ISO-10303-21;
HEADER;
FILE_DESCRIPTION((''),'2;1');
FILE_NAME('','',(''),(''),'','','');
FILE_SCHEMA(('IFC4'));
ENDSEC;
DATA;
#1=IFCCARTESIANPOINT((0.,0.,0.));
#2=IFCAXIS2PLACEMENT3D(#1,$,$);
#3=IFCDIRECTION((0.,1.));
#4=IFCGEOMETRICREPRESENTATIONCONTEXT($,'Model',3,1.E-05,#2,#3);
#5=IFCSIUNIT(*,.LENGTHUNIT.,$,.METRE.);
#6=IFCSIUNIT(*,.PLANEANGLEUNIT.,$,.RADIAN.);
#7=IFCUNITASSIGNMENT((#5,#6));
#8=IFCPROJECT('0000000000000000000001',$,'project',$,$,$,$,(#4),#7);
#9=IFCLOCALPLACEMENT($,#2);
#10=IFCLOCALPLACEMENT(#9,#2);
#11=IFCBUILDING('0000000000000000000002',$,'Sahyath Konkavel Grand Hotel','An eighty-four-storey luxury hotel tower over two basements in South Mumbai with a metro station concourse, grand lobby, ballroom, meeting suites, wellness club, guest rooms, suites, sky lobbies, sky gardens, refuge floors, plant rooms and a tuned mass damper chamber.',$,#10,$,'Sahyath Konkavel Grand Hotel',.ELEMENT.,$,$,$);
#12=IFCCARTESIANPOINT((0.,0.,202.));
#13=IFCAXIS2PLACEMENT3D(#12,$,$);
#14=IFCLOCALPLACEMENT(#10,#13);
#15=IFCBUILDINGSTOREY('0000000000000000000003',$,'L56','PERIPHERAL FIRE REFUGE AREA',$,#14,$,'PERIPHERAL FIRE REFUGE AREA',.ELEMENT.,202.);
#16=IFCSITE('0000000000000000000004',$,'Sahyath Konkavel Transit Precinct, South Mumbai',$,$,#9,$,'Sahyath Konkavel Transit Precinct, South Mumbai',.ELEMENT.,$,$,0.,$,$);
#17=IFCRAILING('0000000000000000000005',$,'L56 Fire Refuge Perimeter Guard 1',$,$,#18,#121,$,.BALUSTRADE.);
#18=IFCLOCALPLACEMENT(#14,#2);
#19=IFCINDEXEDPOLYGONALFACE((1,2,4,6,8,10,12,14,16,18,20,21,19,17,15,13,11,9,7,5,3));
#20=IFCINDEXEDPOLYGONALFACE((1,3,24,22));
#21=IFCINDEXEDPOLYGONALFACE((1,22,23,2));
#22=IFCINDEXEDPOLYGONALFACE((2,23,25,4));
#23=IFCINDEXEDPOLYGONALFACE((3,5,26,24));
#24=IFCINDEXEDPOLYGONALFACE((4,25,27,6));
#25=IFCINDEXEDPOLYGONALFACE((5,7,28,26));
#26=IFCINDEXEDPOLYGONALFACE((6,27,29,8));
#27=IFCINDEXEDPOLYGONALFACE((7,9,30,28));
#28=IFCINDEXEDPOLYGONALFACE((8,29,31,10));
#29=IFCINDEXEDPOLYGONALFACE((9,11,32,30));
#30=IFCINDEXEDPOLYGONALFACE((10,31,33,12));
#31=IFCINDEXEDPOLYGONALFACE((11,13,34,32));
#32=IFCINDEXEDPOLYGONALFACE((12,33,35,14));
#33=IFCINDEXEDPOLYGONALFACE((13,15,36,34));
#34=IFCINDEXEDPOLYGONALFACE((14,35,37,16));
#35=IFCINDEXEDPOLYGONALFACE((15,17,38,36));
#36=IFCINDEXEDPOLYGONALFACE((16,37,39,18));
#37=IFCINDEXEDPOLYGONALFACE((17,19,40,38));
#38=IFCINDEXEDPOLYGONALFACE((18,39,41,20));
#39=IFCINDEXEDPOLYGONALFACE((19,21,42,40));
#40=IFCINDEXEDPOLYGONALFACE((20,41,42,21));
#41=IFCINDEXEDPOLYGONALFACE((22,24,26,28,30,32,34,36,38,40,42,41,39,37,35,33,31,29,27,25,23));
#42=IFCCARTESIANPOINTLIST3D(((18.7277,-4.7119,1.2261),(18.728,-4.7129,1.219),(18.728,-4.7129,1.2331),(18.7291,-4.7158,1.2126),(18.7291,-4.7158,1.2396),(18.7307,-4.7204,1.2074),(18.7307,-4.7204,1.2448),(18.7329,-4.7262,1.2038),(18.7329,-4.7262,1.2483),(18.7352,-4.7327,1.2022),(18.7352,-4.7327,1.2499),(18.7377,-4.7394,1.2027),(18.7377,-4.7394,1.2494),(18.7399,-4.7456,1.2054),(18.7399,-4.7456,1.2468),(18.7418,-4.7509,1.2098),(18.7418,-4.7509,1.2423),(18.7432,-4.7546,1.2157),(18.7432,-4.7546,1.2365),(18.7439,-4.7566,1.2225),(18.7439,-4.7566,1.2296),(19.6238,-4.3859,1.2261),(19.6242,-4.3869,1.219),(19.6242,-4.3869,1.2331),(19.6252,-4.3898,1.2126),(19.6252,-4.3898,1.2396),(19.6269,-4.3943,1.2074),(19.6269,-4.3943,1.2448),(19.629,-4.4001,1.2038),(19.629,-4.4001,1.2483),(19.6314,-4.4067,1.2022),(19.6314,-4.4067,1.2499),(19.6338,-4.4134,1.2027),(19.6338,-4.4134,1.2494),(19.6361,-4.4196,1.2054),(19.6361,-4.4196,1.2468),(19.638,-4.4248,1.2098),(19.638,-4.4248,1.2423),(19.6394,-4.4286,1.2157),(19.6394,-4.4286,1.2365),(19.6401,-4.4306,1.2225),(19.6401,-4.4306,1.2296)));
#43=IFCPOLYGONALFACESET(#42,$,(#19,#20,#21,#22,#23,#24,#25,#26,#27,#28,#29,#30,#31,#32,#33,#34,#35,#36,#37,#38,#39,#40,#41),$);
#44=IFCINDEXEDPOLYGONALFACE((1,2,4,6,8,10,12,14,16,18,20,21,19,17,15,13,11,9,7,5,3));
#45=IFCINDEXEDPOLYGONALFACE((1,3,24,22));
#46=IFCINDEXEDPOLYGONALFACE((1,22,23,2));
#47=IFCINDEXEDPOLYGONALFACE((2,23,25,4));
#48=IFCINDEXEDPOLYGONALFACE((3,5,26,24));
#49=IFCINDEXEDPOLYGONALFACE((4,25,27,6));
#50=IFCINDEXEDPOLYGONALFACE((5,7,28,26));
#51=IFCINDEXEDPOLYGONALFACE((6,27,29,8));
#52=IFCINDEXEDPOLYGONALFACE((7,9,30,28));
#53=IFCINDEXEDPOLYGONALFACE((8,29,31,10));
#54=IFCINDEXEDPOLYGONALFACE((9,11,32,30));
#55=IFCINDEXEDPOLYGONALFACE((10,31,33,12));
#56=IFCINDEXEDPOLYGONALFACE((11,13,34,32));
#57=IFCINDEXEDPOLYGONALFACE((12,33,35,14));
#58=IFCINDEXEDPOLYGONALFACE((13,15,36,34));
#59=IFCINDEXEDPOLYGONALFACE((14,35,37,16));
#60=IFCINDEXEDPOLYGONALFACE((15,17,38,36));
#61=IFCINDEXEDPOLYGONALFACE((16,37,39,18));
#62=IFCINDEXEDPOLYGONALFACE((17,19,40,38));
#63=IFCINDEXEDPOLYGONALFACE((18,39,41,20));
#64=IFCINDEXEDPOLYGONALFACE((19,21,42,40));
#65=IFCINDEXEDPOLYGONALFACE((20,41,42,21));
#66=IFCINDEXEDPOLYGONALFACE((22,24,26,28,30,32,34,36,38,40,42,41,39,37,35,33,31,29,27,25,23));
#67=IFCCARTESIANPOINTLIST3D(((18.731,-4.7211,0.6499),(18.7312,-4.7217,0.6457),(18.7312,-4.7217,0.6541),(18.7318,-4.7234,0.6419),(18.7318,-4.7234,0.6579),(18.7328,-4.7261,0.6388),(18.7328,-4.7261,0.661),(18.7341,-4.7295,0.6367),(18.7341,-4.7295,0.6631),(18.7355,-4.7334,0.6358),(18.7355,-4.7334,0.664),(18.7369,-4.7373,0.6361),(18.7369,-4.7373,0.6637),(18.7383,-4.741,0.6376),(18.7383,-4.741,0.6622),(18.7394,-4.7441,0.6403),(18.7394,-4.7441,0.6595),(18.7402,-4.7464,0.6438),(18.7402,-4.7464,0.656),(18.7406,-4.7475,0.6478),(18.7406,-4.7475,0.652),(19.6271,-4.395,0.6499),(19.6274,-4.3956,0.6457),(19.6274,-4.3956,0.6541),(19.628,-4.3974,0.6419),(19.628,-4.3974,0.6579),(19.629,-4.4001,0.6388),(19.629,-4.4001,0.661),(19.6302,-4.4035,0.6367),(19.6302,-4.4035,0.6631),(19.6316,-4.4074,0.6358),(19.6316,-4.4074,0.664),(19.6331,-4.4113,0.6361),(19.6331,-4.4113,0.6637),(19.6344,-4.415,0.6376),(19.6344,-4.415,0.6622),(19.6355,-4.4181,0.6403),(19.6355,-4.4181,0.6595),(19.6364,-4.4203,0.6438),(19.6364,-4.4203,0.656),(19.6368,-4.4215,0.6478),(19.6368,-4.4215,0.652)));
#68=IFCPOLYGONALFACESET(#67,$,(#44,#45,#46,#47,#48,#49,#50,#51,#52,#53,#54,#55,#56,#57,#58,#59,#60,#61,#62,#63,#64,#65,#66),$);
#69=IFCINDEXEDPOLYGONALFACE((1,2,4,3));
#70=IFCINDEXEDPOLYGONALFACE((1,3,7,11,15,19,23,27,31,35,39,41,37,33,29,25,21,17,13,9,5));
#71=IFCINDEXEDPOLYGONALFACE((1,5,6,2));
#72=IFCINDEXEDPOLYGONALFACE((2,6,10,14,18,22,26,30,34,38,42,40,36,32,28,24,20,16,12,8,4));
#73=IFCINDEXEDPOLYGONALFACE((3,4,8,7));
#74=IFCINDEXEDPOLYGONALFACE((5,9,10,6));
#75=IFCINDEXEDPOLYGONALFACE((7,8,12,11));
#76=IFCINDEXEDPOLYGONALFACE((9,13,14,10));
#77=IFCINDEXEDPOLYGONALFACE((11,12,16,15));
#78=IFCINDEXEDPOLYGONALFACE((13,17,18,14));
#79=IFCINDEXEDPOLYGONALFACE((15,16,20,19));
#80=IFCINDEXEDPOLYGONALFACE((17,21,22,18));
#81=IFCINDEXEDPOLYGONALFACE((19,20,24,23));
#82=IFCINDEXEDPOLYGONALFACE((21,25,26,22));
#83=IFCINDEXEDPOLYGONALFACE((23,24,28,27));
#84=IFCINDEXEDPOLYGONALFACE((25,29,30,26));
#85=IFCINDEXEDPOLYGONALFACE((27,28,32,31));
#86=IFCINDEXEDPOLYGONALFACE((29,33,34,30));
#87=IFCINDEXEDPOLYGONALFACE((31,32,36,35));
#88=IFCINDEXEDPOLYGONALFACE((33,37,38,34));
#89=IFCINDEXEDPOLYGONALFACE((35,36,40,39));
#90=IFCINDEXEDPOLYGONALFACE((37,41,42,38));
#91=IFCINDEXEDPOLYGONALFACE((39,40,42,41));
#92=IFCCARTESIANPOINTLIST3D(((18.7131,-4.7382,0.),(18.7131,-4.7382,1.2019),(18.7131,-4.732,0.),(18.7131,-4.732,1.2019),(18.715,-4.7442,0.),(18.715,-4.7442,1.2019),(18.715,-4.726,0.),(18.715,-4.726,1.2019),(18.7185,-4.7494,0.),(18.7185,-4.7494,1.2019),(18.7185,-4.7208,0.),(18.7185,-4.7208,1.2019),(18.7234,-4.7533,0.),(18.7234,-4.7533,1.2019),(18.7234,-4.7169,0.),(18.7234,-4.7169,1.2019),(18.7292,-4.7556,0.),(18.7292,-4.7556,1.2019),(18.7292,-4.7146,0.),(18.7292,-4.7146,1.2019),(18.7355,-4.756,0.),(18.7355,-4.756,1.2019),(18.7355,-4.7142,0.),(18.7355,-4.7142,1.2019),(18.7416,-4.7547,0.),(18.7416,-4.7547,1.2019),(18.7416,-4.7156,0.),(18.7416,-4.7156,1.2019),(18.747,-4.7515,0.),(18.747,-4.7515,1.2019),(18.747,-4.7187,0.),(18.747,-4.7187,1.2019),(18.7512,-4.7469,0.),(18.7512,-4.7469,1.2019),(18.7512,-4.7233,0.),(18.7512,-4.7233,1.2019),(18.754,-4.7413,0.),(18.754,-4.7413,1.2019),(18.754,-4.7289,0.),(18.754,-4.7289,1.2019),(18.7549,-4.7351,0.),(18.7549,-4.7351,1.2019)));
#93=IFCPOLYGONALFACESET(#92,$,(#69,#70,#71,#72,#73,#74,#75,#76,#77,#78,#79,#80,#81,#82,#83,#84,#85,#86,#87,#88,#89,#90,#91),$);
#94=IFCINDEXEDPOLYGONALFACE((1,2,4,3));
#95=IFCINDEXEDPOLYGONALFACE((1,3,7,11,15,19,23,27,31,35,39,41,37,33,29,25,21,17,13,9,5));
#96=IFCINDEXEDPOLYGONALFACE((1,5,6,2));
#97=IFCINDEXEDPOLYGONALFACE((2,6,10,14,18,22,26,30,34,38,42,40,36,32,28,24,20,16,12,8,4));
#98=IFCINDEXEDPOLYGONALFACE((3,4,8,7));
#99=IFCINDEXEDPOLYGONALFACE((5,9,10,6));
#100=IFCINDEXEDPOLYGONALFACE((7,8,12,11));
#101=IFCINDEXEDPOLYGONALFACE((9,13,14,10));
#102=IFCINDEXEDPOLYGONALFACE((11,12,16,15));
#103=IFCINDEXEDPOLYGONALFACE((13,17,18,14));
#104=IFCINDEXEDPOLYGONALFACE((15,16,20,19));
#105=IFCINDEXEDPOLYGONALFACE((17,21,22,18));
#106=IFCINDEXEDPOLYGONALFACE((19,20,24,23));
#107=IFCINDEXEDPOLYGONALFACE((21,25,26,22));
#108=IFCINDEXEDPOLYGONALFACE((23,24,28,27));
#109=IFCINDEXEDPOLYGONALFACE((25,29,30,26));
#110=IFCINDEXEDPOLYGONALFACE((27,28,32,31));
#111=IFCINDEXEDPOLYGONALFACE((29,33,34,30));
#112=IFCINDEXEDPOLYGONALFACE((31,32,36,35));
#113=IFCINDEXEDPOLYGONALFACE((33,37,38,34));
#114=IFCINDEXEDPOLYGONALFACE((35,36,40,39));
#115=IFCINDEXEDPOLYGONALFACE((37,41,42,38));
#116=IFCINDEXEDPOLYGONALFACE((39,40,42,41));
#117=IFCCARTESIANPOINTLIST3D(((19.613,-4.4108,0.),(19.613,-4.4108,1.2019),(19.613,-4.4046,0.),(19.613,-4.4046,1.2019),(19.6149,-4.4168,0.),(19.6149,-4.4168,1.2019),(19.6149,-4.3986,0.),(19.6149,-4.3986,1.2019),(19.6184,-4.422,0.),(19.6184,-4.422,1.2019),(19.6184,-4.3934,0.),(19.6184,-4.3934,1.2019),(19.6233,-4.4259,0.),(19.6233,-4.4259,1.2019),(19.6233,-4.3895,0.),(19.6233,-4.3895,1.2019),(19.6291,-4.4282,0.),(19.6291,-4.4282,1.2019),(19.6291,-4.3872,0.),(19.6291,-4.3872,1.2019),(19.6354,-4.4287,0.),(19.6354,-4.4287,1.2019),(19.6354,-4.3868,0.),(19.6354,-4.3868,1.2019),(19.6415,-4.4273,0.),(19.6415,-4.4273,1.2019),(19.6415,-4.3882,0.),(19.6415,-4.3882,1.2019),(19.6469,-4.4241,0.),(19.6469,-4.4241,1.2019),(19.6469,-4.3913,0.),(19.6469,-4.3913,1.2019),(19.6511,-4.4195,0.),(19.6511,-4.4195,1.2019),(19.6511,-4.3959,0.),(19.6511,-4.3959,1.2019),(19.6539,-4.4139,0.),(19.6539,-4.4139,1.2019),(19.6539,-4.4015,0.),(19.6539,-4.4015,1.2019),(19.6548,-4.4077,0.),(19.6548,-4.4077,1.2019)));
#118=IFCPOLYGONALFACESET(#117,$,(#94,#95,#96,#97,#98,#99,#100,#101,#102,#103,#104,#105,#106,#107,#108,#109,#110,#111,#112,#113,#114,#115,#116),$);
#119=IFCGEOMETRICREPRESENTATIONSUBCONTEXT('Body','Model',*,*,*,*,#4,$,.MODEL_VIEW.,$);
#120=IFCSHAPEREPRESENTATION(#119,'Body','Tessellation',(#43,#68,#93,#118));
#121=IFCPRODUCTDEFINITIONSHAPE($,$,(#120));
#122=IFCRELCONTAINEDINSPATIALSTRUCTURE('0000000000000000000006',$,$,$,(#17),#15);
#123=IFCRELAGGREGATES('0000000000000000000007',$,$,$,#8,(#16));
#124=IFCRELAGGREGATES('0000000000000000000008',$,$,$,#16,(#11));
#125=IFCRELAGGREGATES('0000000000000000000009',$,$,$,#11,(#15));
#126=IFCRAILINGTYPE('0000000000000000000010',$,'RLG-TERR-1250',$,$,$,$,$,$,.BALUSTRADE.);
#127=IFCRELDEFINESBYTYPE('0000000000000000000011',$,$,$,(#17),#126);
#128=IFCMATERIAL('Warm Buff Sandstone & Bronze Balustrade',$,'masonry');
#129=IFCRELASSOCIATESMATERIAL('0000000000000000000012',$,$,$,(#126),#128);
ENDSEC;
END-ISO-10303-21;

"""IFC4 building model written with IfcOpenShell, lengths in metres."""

from ifc_helpers import new_model, si_unit, direction, frame, origin, origin_2d, place, context, subcontext, project, spatial, circle, extrude, material, type_object, element, save


model = new_model("IFC4")

# Units and contexts
model_context = context("Model", 3, precision=1e-05, world=origin(), true_north=direction((0.0, 1.0)))
body_context = subcontext(model_context, "Body", "Model", "MODEL_VIEW")
ifc_project = project(units=[si_unit("LENGTHUNIT", "METRE"), si_unit("PLANEANGLEUNIT", "RADIAN")], contexts=[model_context])

# Site, building, storey
site_placement = place(None, origin())
site = spatial("IfcSite", under=ifc_project, at=site_placement, Name="Sahyath Konkavel Transit Precinct, South Mumbai", LongName="Sahyath Konkavel Transit Precinct, South Mumbai", CompositionType="ELEMENT", RefElevation=0.0)
building_placement = place(site_placement, origin())
building = spatial("IfcBuilding", under=site, at=building_placement, Name="Sahyath Konkavel Grand Hotel", Description="An eighty-four-storey luxury hotel tower over two basements in South Mumbai with a metro station concourse, grand lobby, ballroom, meeting suites, wellness club, guest rooms, suites, sky lobbies, sky gardens, refuge floors, plant rooms and a tuned mass damper chamber.", LongName="Sahyath Konkavel Grand Hotel", CompositionType="ELEMENT")
storey_placement = place(building_placement, frame((0.0, 0.0, 202.0)))
storey = spatial("IfcBuildingStorey", under=building, at=storey_placement, Name="L56", Description="PERIPHERAL FIRE REFUGE AREA", LongName="PERIPHERAL FIRE REFUGE AREA", CompositionType="ELEMENT", Elevation=202.0)

# Railing
ifc_material_1 = material(Name="Warm Buff Sandstone & Bronze Balustrade", Category="masonry")
railing_type = type_object("IfcRailingType", Name="RLG-TERR-1250", PredefinedType="BALUSTRADE", material=ifc_material_1)
railing_1_placement = place(storey_placement, frame((18.7339, -4.7351, 0.0)))
element("IfcRailing", 1, at=railing_1_placement, inside=storey, type_object=railing_type, Name="L56 Fire Refuge Perimeter Guard 1", PredefinedType="BALUSTRADE", context=body_context, shape_type="SweptSolid", body=[
    extrude(circle(Radius=0.0239, at=origin_2d()), frame((0.002, 0.0007, 1.2261), z_axis=(0.939741, 0.341886, 0.0), x_axis=(-0.341886, 0.939741, 0.0)), (0.0, 0.0, 1.0), 0.9536),
    extrude(circle(Radius=0.0142, at=origin_2d()), frame((0.002, 0.0007, 0.6499), z_axis=(0.939741, 0.341886, 0.0), x_axis=(-0.341886, 0.939741, 0.0)), (0.0, 0.0, 1.0), 0.9536),
    extrude(circle(Radius=0.021, at=origin_2d()), origin(), (0.0, 0.0, 1.0), 1.2019),
    extrude(circle(Radius=0.021, at=origin_2d()), frame((0.8999, 0.3274, 0.0)), (0.0, 0.0, 1.0), 1.2019),
])

save(model, "model.ifc")
